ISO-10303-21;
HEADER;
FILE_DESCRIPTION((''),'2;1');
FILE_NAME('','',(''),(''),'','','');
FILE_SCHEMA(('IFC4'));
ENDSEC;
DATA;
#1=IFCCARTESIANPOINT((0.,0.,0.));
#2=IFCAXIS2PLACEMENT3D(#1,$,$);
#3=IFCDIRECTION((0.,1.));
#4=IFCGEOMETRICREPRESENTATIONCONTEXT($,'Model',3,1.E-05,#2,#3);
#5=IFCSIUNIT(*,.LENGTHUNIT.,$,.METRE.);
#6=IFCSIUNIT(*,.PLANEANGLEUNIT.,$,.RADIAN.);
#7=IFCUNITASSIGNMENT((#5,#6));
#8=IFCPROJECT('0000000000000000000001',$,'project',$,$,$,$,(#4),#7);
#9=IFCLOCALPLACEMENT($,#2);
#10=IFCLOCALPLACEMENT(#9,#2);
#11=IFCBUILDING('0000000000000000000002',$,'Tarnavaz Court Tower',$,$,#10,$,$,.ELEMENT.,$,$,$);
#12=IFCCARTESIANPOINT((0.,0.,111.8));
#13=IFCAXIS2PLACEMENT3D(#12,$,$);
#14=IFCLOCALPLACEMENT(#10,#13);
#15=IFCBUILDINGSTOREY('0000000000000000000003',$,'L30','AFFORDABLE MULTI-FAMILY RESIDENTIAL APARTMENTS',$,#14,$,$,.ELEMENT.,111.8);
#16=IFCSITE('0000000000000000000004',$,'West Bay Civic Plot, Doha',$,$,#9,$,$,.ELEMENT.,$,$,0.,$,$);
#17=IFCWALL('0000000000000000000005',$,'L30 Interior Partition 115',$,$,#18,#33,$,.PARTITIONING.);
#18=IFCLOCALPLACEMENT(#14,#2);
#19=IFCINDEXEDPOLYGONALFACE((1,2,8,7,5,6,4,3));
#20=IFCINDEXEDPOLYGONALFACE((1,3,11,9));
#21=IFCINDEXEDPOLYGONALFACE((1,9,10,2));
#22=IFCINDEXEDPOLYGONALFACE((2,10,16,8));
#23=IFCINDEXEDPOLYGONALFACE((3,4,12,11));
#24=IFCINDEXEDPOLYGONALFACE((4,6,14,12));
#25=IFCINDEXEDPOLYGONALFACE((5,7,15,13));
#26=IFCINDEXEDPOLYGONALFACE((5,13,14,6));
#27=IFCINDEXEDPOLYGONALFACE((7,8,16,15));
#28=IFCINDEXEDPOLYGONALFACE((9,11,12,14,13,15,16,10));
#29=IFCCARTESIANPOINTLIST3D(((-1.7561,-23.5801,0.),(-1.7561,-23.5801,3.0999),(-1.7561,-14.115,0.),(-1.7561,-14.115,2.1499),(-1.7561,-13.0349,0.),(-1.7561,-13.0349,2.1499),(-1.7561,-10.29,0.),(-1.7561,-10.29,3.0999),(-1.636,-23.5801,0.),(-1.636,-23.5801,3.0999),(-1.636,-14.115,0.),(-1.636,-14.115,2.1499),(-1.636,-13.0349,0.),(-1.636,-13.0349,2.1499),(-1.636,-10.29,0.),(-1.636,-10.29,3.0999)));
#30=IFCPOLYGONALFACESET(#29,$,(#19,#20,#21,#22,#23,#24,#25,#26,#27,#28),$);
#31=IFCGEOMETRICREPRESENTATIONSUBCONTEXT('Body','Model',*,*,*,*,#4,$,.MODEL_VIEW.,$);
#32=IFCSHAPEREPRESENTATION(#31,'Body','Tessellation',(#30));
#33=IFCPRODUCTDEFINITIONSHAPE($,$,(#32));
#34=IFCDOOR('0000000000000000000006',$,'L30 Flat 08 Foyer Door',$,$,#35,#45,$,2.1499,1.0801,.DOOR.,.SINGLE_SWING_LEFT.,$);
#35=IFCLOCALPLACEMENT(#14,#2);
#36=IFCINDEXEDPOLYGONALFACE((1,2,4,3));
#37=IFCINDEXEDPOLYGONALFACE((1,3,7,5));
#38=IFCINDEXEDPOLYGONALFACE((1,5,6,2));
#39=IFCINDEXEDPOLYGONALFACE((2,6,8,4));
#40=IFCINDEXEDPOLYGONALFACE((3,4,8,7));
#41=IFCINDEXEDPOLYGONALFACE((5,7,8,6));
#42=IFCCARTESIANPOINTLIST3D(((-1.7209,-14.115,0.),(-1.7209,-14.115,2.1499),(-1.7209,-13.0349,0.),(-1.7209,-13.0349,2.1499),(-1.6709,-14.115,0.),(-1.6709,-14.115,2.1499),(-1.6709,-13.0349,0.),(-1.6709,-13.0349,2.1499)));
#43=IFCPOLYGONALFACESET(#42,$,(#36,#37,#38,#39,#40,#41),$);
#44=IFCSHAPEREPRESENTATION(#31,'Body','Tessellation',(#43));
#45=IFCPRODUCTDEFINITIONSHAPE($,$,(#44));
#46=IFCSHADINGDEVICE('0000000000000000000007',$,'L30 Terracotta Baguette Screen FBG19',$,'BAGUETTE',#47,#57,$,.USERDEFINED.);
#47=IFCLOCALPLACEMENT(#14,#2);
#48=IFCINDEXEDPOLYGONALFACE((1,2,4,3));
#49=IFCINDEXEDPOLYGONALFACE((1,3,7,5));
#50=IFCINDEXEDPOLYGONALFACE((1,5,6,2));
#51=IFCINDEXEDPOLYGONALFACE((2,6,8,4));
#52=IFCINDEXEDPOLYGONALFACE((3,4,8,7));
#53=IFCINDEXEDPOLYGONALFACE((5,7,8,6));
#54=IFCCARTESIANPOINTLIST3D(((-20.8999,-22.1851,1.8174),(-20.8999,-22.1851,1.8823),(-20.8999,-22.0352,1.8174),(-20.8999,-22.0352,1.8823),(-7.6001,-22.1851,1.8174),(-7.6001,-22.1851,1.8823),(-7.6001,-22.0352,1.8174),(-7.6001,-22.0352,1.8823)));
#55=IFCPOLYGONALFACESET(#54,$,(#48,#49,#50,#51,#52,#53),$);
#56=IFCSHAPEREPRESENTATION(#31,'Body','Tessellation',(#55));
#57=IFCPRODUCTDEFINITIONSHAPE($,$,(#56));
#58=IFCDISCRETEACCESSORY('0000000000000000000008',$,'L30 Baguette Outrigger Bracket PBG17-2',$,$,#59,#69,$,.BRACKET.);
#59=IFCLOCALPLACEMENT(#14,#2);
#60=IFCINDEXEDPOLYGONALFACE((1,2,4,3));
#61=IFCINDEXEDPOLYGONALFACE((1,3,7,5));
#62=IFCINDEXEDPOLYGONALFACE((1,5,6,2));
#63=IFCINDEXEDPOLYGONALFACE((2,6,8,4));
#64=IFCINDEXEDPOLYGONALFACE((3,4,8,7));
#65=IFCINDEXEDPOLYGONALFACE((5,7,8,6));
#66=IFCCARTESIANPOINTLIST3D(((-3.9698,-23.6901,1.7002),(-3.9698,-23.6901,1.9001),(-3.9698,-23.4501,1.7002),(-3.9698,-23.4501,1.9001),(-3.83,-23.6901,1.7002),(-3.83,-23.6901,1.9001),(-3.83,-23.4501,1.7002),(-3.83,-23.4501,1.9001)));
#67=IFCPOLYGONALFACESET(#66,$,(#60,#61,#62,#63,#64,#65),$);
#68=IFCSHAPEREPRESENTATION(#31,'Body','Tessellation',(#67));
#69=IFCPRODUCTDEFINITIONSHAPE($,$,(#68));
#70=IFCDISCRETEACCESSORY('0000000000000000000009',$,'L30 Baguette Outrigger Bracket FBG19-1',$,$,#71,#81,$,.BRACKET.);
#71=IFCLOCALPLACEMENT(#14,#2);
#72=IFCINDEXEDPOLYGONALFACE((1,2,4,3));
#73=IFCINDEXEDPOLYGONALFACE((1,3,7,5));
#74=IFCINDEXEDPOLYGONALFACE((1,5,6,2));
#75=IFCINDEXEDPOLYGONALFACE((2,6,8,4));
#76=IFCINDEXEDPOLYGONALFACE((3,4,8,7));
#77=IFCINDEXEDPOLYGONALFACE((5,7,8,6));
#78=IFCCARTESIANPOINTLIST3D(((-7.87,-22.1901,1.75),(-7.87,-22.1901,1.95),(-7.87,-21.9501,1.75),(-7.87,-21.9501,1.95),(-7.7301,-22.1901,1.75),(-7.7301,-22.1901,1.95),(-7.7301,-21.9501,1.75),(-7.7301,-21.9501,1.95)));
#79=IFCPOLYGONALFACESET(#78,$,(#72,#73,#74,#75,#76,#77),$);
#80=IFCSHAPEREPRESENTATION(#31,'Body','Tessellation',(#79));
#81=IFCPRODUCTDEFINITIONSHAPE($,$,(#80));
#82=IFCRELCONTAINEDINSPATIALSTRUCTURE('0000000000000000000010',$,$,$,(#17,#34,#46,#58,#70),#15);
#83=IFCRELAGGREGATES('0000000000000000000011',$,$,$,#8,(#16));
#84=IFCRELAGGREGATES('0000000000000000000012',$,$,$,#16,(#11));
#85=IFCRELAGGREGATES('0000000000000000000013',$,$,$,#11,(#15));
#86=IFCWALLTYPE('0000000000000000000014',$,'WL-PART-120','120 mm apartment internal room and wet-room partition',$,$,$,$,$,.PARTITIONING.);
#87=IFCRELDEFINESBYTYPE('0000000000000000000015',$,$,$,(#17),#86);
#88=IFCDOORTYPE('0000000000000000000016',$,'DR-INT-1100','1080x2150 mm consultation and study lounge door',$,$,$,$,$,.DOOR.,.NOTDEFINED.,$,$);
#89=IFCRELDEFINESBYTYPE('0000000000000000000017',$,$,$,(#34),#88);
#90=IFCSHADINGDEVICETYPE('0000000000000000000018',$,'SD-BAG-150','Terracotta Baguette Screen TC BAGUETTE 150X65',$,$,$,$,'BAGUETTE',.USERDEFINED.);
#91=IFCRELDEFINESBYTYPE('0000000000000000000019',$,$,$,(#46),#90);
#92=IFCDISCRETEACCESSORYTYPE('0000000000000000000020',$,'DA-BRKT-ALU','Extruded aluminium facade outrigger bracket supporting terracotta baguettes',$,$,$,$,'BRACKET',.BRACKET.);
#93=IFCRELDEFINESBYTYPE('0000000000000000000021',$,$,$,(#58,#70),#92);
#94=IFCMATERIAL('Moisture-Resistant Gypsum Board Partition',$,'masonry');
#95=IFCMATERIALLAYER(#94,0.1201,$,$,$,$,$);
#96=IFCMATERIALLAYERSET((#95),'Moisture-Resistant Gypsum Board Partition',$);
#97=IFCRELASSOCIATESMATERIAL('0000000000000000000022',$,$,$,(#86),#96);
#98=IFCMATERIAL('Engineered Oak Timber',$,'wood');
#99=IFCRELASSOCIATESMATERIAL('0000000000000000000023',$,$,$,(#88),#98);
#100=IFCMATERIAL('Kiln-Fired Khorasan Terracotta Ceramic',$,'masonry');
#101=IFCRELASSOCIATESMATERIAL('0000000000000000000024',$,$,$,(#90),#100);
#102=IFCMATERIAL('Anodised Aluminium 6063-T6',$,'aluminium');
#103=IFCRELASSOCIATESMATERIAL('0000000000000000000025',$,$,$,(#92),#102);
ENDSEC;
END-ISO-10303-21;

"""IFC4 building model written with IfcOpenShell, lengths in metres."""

from ifc_helpers import new_model, si_unit, direction, frame, frame_2d, origin, origin_2d, place, context, subcontext, project, spatial, rectangle, extrude, material, layer, layer_set, material_profile, profile_set, type_object, element, fill, save


model = new_model("IFC4")

# Units and contexts
model_context = context("Model", 3, precision=1e-05, world=origin(), true_north=direction((0.0, 1.0)))
body_context = subcontext(model_context, "Body", "Model", "MODEL_VIEW")
ifc_project = project(units=[si_unit("LENGTHUNIT", "METRE"), si_unit("PLANEANGLEUNIT", "RADIAN")], contexts=[model_context])

# Site, building, storey
site_placement = place(None, origin())
site = spatial("IfcSite", under=ifc_project, at=site_placement, Name="West Bay Civic Plot, Doha", CompositionType="ELEMENT", RefElevation=0.0)
building_placement = place(site_placement, origin())
building = spatial("IfcBuilding", under=site, at=building_placement, Name="Tarnavaz Court Tower", CompositionType="ELEMENT")
storey_placement = place(building_placement, frame((0.0, 0.0, 111.8)))
storey = spatial("IfcBuildingStorey", under=building, at=storey_placement, Name="L30", Description="AFFORDABLE MULTI-FAMILY RESIDENTIAL APARTMENTS", CompositionType="ELEMENT", Elevation=111.8)

# Shared definitions
ifc_material_1 = material(Name="Anodised Aluminium 6063-T6", Category="aluminium")

# Wall, opening, door
ifc_material_2 = material(Name="Moisture-Resistant Gypsum Board Partition", Category="masonry")
ifc_layer_1 = layer(ifc_material_2, 0.1201)
ifc_layer_set_1 = layer_set([ifc_layer_1], Name="Moisture-Resistant Gypsum Board Partition")
wall_type_1 = type_object("IfcWallType", Name="WL-PART-120", Description="120 mm apartment internal room and wet-room partition", PredefinedType="PARTITIONING", material=ifc_layer_set_1)
ifc_material_3 = material(Name="Engineered Oak Timber", Category="wood")
wall_1_placement = place(storey_placement, frame((-1.696, -23.5801, 0.0), z_axis=(0.0, 0.0, 1.0), x_axis=(0.0, 1.0, 0.0)))
wall_1 = element("IfcWall", 1, at=wall_1_placement, inside=storey, type_object=wall_type_1, Name="L30 Interior Partition 115", PredefinedType="PARTITIONING", context=body_context, shape_type="SweptSolid", body=[
    extrude(rectangle(XDim=13.29, YDim=0.1201, at=frame_2d((6.645, 0.0))), origin(), (0.0, 0.0, 1.0), 3.0999),
])
opening_1_placement = place(wall_1_placement, frame((9.4651, 0.0, 0.0)))
opening_1 = element("IfcOpeningElement", 2, at=opening_1_placement, cuts=wall_1, PredefinedType="OPENING", context=body_context, shape_type="SweptSolid", body=[
    extrude(rectangle(XDim=1.0801, YDim=2.1499, at=frame_2d((0.54, 1.075))), frame((0.0, 0.0701, 0.0), z_axis=(0.0, -1.0, 0.0), x_axis=(1.0, 0.0, 0.0)), (0.0, 0.0, 1.0), 0.1401),
])
door_type_1 = type_object("IfcDoorType", Name="DR-INT-1100", Description="1080x2150 mm consultation and study lounge door", OperationType="NOTDEFINED", PredefinedType="DOOR", material=ifc_material_3)
door_1_placement = place(opening_1_placement, origin())
door_1 = element("IfcDoor", 3, at=door_1_placement, inside=storey, type_object=door_type_1, Name="L30 Flat 08 Foyer Door", OperationType="SINGLE_SWING_LEFT", OverallHeight=2.1499, OverallWidth=1.0801, PredefinedType="DOOR", context=body_context, shape_type="SweptSolid", body=[
    extrude(rectangle(XDim=1.0801, YDim=2.1499, at=frame_2d((0.54, 1.075))), frame((0.0, 0.0249, 0.0), z_axis=(0.0, -1.0, 0.0), x_axis=(1.0, 0.0, 0.0)), (0.0, 0.0, 1.0), 0.05),
])
fill(opening_1, door_1)

# Shading device
ifc_material_4 = material(Name="Kiln-Fired Khorasan Terracotta Ceramic", Category="masonry")
ifc_material_profile_1 = material_profile(ifc_material_4, rectangle(XDim=0.1499, YDim=0.0649, at=origin_2d()), Name="TC BAGUETTE 150X65")
ifc_profile_set_1 = profile_set([ifc_material_profile_1], Name="Kiln-Fired Khorasan Terracotta Ceramic")
shading_device_type = type_object("IfcShadingDeviceType", Name="SD-BAG-150", Description="Terracotta Baguette Screen TC BAGUETTE 150X65", ElementType="BAGUETTE", PredefinedType="USERDEFINED", material=ifc_profile_set_1)
shading_device_placement = place(storey_placement, frame((-7.6001, -22.1101, 1.8499), z_axis=(-1.0, 0.0, 0.0), x_axis=(0.0, -1.0, 0.0)))
element("IfcShadingDevice", 4, at=shading_device_placement, inside=storey, type_object=shading_device_type, Name="L30 Terracotta Baguette Screen FBG19", ObjectType="BAGUETTE", PredefinedType="USERDEFINED", context=body_context, shape_type="SweptSolid", body=[
    extrude(rectangle(XDim=0.1499, YDim=0.0649, at=origin_2d()), origin(), (0.0, 0.0, 1.0), 13.2998),
])

# Discrete accessories
discrete_accessory_type = type_object("IfcDiscreteAccessoryType", Name="DA-BRKT-ALU", Description="Extruded aluminium facade outrigger bracket supporting terracotta baguettes", ElementType="BRACKET", PredefinedType="BRACKET", material=ifc_material_1)
for number, where, z_axis, x_axis, name in (
    (5, (-3.8999, -23.5701, 1.7002), (0.0, 0.0, 1.0), (-1.0, 0.0, 0.0), "L30 Baguette Outrigger Bracket PBG17-2"),
    (6, (-7.8, -22.0701, 1.75), (0.0, 0.0, 1.0), (-1.0, 0.0, 0.0), "L30 Baguette Outrigger Bracket FBG19-1"),
):
    element("IfcDiscreteAccessory", number, at=place(storey_placement, frame(where, z_axis=z_axis, x_axis=x_axis)), inside=storey, type_object=discrete_accessory_type, Name=name, PredefinedType="BRACKET", context=body_context, shape_type="SweptSolid", body=[
        extrude(rectangle(XDim=0.1399, YDim=0.24, at=origin_2d()), origin(), (0.0, 0.0, 1.0), 0.2),
    ])

save(model, "model.ifc")
